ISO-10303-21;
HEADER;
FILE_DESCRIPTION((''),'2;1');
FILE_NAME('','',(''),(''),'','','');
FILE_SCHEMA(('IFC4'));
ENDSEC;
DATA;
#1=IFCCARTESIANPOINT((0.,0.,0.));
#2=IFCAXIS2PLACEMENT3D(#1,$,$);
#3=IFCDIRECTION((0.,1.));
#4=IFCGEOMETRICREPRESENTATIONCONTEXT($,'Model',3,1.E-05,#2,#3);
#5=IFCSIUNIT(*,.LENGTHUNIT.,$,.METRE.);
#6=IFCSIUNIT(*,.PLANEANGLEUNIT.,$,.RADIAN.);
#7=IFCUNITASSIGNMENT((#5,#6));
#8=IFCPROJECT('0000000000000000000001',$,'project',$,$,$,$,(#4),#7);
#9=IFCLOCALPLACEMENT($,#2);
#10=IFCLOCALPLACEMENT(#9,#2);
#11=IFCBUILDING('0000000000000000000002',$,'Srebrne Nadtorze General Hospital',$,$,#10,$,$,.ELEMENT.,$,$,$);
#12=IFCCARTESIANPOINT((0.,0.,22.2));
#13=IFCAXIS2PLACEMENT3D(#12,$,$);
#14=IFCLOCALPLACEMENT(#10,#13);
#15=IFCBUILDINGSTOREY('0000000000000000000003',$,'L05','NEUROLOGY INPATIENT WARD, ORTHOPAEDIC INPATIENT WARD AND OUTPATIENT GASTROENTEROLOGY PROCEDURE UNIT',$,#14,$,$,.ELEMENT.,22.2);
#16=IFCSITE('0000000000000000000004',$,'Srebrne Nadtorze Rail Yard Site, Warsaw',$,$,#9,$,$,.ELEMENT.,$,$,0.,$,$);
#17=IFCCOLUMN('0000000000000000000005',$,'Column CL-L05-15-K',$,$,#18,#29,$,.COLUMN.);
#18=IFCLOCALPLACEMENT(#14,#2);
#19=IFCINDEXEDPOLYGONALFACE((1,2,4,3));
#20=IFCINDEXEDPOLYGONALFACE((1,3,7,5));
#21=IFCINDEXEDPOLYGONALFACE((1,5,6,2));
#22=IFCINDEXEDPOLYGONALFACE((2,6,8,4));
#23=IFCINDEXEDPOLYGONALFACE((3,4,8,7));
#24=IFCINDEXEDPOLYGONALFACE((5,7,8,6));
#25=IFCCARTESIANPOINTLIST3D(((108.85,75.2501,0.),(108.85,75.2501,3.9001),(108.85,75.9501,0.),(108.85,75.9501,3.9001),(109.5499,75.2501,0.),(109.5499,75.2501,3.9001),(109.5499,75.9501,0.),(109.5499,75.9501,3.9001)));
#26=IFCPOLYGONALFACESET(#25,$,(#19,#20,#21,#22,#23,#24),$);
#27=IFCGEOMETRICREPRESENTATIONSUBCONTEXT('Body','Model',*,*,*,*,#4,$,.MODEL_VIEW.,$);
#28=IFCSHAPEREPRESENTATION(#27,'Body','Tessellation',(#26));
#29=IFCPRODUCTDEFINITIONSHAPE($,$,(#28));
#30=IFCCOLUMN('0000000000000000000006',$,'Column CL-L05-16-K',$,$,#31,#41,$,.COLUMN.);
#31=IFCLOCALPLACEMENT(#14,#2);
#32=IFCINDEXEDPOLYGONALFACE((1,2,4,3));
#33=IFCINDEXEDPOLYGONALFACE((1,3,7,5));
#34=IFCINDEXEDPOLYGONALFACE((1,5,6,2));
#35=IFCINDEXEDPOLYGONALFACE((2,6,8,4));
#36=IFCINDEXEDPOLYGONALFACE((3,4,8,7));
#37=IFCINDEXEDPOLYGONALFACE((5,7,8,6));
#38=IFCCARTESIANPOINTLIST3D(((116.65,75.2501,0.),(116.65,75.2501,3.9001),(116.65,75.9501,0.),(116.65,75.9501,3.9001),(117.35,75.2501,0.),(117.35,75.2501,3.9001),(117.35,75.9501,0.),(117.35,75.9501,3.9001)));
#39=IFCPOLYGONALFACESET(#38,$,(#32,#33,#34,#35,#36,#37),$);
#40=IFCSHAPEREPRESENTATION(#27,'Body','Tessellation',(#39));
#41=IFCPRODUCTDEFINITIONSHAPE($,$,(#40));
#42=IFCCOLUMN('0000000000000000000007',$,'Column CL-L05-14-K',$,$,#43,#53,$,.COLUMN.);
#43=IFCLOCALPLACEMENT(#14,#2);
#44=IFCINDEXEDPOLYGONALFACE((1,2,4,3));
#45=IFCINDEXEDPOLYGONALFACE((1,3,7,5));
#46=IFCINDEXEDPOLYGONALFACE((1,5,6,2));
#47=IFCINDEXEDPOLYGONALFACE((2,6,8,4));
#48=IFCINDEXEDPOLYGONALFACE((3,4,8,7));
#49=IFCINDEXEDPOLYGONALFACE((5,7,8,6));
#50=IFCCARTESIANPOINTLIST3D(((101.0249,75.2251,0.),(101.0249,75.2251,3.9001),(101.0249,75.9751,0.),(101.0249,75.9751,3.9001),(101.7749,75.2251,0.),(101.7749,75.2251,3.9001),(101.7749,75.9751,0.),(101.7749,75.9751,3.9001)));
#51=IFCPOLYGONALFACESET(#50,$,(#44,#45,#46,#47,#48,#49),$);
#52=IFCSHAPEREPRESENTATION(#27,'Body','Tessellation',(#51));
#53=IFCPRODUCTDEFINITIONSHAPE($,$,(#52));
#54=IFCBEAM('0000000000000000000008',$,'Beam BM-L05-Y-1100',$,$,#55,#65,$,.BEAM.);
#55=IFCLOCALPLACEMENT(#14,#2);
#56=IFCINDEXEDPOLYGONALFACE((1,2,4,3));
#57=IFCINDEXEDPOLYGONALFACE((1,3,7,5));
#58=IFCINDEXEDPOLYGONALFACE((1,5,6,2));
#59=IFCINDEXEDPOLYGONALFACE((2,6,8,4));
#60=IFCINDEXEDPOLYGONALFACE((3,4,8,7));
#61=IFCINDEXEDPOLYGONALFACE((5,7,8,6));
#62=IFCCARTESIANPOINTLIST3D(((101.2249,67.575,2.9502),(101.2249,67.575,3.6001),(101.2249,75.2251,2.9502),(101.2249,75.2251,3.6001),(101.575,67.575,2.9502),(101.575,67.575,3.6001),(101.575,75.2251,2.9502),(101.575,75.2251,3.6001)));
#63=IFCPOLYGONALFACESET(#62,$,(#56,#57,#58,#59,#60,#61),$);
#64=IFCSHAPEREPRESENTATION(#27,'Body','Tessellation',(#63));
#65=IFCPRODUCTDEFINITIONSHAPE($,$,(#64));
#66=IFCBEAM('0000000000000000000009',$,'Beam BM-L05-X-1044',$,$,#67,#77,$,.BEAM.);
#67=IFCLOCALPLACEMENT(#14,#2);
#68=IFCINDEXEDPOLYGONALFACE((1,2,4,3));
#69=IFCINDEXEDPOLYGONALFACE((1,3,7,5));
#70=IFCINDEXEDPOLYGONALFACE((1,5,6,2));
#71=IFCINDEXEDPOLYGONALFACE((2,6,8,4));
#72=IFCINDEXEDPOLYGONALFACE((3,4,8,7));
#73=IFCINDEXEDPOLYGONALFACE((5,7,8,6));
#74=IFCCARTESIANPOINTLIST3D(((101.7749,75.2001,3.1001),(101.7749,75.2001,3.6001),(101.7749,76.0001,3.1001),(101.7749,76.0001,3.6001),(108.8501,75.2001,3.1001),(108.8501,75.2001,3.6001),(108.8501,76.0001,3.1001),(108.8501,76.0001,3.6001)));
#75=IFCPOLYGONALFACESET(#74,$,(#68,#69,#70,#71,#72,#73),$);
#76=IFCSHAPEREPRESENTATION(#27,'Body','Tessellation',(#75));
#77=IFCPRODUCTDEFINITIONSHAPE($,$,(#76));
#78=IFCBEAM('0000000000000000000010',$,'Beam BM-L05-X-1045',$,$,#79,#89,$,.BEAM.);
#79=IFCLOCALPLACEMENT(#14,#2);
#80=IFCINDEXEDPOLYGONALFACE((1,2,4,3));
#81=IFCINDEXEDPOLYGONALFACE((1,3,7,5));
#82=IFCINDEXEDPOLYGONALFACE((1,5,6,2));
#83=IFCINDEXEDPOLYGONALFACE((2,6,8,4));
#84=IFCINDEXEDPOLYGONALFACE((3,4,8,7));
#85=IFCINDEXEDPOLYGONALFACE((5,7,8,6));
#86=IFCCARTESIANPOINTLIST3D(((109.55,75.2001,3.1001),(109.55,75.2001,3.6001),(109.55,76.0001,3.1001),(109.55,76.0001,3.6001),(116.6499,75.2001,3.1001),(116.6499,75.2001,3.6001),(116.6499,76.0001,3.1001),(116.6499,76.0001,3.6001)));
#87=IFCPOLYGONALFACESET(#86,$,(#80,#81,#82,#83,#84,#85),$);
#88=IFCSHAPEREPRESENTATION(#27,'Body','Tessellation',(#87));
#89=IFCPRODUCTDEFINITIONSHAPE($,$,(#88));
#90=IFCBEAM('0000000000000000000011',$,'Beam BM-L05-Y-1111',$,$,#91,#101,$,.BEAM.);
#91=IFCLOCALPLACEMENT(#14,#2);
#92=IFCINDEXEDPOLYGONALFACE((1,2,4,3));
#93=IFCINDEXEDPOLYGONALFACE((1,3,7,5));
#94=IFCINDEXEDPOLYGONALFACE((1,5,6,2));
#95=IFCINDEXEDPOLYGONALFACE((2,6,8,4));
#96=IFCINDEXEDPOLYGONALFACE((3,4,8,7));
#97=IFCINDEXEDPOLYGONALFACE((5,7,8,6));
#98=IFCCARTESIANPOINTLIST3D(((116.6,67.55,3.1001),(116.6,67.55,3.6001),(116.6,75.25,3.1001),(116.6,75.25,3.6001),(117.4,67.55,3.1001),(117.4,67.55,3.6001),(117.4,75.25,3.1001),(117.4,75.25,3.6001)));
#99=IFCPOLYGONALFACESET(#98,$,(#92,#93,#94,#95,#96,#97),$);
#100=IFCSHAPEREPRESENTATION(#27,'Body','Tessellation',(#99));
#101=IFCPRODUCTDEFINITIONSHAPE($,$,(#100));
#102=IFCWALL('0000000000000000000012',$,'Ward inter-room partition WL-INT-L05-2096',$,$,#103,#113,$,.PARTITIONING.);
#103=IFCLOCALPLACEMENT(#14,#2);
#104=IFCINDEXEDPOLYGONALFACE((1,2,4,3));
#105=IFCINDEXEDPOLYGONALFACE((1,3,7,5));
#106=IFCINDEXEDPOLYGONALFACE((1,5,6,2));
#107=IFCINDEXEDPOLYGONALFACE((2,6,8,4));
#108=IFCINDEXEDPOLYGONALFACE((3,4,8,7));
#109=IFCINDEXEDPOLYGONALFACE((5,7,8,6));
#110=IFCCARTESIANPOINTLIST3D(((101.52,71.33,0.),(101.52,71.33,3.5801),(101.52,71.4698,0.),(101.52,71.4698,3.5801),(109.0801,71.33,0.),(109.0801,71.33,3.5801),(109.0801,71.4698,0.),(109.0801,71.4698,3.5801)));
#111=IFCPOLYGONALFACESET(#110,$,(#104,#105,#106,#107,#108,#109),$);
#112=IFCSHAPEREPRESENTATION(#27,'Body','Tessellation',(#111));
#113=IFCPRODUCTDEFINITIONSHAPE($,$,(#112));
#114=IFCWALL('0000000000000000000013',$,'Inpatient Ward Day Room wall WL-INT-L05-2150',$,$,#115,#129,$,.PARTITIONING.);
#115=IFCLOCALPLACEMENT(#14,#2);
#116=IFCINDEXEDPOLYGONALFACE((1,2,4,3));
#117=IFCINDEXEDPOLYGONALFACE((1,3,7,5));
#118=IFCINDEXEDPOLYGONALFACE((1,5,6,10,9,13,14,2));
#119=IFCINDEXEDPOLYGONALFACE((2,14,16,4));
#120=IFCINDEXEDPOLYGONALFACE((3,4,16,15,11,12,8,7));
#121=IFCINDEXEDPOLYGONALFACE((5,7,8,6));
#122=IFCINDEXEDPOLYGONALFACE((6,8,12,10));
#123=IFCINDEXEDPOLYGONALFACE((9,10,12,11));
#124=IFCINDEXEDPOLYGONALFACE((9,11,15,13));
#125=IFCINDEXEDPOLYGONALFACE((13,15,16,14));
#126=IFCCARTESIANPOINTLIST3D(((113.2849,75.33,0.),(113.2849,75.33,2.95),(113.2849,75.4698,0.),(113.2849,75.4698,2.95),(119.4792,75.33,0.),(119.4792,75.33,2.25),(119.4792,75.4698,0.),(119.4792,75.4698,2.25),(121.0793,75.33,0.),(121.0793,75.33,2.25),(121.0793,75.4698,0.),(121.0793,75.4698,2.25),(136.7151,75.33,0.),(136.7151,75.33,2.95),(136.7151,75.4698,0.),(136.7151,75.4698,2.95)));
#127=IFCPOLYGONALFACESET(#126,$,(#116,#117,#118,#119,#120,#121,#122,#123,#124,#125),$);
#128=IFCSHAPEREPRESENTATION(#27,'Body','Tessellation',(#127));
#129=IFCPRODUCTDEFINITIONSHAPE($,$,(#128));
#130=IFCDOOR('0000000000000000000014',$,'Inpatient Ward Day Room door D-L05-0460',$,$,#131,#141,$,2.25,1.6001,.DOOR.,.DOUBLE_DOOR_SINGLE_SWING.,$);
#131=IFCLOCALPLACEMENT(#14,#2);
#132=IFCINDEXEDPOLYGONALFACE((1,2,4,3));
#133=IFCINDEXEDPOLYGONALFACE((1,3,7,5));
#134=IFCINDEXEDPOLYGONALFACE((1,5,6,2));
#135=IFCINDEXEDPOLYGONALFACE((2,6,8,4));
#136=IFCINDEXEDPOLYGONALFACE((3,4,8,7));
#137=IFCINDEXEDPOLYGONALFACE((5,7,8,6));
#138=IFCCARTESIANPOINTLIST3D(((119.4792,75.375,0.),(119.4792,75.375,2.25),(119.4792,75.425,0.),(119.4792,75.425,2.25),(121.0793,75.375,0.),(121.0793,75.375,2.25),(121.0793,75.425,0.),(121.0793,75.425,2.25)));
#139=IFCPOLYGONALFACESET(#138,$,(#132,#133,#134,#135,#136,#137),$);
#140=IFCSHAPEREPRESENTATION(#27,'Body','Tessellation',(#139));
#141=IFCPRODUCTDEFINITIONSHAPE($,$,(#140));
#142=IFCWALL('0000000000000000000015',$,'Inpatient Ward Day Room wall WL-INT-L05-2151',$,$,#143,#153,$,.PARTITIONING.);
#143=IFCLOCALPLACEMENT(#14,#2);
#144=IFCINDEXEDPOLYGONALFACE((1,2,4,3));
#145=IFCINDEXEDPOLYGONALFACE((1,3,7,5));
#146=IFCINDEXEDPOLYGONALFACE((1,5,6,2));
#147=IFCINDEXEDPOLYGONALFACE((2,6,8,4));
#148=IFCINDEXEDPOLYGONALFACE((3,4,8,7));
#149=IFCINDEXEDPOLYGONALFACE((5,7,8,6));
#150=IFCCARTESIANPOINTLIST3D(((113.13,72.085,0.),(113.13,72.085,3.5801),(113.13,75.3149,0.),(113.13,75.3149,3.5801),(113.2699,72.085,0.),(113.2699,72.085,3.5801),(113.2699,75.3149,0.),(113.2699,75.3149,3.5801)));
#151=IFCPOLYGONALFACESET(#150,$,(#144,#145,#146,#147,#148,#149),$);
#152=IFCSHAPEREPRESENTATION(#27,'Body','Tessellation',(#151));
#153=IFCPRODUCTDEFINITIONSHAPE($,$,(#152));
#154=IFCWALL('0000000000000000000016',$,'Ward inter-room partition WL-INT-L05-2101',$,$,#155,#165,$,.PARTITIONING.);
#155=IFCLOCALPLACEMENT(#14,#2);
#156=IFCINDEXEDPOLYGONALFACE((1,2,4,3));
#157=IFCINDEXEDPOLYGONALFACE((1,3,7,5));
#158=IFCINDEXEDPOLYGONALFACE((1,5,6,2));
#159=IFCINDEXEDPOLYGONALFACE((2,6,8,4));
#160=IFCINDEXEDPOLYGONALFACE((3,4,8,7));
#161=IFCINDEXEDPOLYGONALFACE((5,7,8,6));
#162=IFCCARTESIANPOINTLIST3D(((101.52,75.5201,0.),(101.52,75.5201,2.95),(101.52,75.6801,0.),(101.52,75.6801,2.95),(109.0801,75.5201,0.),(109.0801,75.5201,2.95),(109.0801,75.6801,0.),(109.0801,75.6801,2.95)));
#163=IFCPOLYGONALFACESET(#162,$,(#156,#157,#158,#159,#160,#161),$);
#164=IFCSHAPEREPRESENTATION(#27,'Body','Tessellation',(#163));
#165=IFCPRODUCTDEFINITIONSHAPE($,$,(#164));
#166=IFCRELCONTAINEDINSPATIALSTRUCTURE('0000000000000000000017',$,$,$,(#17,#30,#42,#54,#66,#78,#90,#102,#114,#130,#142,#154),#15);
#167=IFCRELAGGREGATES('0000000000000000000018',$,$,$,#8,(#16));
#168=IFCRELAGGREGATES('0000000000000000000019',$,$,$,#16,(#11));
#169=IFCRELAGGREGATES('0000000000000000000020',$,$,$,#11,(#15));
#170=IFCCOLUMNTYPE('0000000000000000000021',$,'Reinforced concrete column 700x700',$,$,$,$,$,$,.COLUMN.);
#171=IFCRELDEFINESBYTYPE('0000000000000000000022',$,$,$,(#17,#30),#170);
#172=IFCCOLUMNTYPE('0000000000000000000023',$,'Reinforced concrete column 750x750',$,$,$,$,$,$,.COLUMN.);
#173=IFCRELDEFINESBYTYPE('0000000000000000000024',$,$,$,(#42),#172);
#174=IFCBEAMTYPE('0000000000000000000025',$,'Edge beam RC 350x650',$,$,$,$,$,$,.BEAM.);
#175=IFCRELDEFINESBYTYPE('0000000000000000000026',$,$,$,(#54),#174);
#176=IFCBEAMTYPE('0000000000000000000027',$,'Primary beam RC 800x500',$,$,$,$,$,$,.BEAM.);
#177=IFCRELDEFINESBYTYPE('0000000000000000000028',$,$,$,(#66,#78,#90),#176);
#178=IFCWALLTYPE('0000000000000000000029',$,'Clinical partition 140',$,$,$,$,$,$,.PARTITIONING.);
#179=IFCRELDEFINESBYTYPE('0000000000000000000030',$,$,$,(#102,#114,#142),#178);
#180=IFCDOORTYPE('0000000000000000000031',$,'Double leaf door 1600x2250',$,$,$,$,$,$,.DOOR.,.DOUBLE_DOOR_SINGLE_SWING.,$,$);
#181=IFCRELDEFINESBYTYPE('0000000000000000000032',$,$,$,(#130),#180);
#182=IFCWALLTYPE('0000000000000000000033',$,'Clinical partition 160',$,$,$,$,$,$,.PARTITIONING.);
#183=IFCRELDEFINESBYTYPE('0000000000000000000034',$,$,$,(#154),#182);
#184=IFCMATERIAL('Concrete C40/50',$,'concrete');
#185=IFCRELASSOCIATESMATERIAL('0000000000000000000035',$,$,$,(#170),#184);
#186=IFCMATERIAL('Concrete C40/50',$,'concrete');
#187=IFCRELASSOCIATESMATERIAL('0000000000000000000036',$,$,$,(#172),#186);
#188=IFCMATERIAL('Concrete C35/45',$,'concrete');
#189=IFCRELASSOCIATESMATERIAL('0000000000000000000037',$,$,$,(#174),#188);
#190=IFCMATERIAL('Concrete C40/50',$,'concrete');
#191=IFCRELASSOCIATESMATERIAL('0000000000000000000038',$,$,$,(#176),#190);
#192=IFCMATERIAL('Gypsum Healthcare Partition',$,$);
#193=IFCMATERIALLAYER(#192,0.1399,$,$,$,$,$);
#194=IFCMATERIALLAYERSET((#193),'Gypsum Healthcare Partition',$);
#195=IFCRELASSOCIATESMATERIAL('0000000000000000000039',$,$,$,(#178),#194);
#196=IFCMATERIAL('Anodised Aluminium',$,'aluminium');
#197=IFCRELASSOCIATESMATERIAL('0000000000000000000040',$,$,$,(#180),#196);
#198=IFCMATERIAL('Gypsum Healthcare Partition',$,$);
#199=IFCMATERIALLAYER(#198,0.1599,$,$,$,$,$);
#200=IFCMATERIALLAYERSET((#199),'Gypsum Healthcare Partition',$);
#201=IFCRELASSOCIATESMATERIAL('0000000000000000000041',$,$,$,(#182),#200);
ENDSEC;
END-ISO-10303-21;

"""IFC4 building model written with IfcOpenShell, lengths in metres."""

from ifc_helpers import new_model, si_unit, direction, frame, frame_2d, origin, origin_2d, place, context, subcontext, project, spatial, rectangle, extrude, material, layer, layer_set, material_profile, profile_set, type_object, element, fill, save


model = new_model("IFC4")

# Units and contexts
model_context = context("Model", 3, precision=1e-05, world=origin(), true_north=direction((0.0, 1.0)))
body_context = subcontext(model_context, "Body", "Model", "MODEL_VIEW")
ifc_project = project(units=[si_unit("LENGTHUNIT", "METRE"), si_unit("PLANEANGLEUNIT", "RADIAN")], contexts=[model_context])

# Site, building, storey
site_placement = place(None, origin())
site = spatial("IfcSite", under=ifc_project, at=site_placement, Name="Srebrne Nadtorze Rail Yard Site, Warsaw", CompositionType="ELEMENT", RefElevation=0.0)
building_placement = place(site_placement, origin())
building = spatial("IfcBuilding", under=site, at=building_placement, Name="Srebrne Nadtorze General Hospital", CompositionType="ELEMENT")
storey_placement = place(building_placement, frame((0.0, 0.0, 22.2)))
storey = spatial("IfcBuildingStorey", under=building, at=storey_placement, Name="L05", Description="NEUROLOGY INPATIENT WARD, ORTHOPAEDIC INPATIENT WARD AND OUTPATIENT GASTROENTEROLOGY PROCEDURE UNIT", CompositionType="ELEMENT", Elevation=22.2)

# Columns
ifc_material_1 = material(Name="Concrete C40/50", Category="concrete")
ifc_material_profile_1 = material_profile(ifc_material_1, rectangle(XDim=0.7, YDim=0.7, at=origin_2d()), Name="RC-COL-700x700")
ifc_profile_set_1 = profile_set([ifc_material_profile_1], Name="Concrete C40/50")
column_type_1 = type_object("IfcColumnType", Name="Reinforced concrete column 700x700", PredefinedType="COLUMN", material=ifc_profile_set_1)
for number, where, z_axis, x_axis, name in (
    (1, (109.2, 75.6001, 0.0), (0.0, 0.0, 1.0), (1.0, 0.0, 0.0), "Column CL-L05-15-K"),
    (2, (117.0, 75.6001, 0.0), (0.0, 0.0, 1.0), (1.0, 0.0, 0.0), "Column CL-L05-16-K"),
):
    element("IfcColumn", number, at=place(storey_placement, frame(where, z_axis=z_axis, x_axis=x_axis)), inside=storey, type_object=column_type_1, Name=name, PredefinedType="COLUMN", context=body_context, shape_type="SweptSolid", body=[
        extrude(rectangle(XDim=0.7, YDim=0.7, at=origin_2d()), origin(), (0.0, 0.0, 1.0), 3.9001),
    ])
ifc_material_2 = material(Name="Concrete C40/50", Category="concrete")
ifc_material_profile_2 = material_profile(ifc_material_2, rectangle(XDim=0.75, YDim=0.75, at=origin_2d()), Name="RC-COL-750x750")
ifc_profile_set_2 = profile_set([ifc_material_profile_2], Name="Concrete C40/50")
column_type_2 = type_object("IfcColumnType", Name="Reinforced concrete column 750x750", PredefinedType="COLUMN", material=ifc_profile_set_2)
column_placement = place(storey_placement, frame((101.3999, 75.6001, 0.0), z_axis=(0.0, 0.0, 1.0), x_axis=(1.0, 0.0, 0.0)))
element("IfcColumn", 3, at=column_placement, inside=storey, type_object=column_type_2, Name="Column CL-L05-14-K", PredefinedType="COLUMN", context=body_context, shape_type="SweptSolid", body=[
    extrude(rectangle(XDim=0.75, YDim=0.75, at=origin_2d()), origin(), (0.0, 0.0, 1.0), 3.9001),
])

# Beams
ifc_material_3 = material(Name="Concrete C35/45", Category="concrete")
ifc_material_profile_3 = material_profile(ifc_material_3, rectangle(XDim=0.3501, YDim=0.6499, at=origin_2d()), Name="RC-BM-350x650")
ifc_profile_set_3 = profile_set([ifc_material_profile_3], Name="Concrete C35/45")
beam_type_1 = type_object("IfcBeamType", Name="Edge beam RC 350x650", PredefinedType="BEAM", material=ifc_profile_set_3)
beam_1_placement = place(storey_placement, frame((101.3999, 67.575, 3.2751), z_axis=(0.0, 1.0, 0.0), x_axis=(-1.0, 0.0, 0.0)))
element("IfcBeam", 4, at=beam_1_placement, inside=storey, type_object=beam_type_1, Name="Beam BM-L05-Y-1100", PredefinedType="BEAM", context=body_context, shape_type="SweptSolid", body=[
    extrude(rectangle(XDim=0.3501, YDim=0.6499, at=origin_2d()), origin(), (0.0, 0.0, 1.0), 7.6501),
])
ifc_material_4 = material(Name="Concrete C40/50", Category="concrete")
ifc_material_profile_4 = material_profile(ifc_material_4, rectangle(XDim=0.8, YDim=0.5, at=origin_2d()), Name="RC-BM-800x500")
ifc_profile_set_4 = profile_set([ifc_material_profile_4], Name="Concrete C40/50")
beam_type_2 = type_object("IfcBeamType", Name="Primary beam RC 800x500", PredefinedType="BEAM", material=ifc_profile_set_4)
beam_2_placement = place(storey_placement, frame((101.7749, 75.6001, 3.3501), z_axis=(1.0, 0.0, 0.0), x_axis=(0.0, 1.0, 0.0)))
element("IfcBeam", 5, at=beam_2_placement, inside=storey, type_object=beam_type_2, Name="Beam BM-L05-X-1044", PredefinedType="BEAM", context=body_context, shape_type="SweptSolid", body=[
    extrude(rectangle(XDim=0.8, YDim=0.5, at=origin_2d()), origin(), (0.0, 0.0, 1.0), 7.0752),
])
beam_3_placement = place(storey_placement, frame((109.55, 75.6001, 3.3501), z_axis=(1.0, 0.0, 0.0), x_axis=(0.0, 1.0, 0.0)))
element("IfcBeam", 6, at=beam_3_placement, inside=storey, type_object=beam_type_2, Name="Beam BM-L05-X-1045", PredefinedType="BEAM", context=body_context, shape_type="SweptSolid", body=[
    extrude(rectangle(XDim=0.8, YDim=0.5, at=origin_2d()), origin(), (0.0, 0.0, 1.0), 7.0999),
])
beam_4_placement = place(storey_placement, frame((117.0, 67.55, 3.3501), z_axis=(0.0, 1.0, 0.0), x_axis=(-1.0, 0.0, 0.0)))
element("IfcBeam", 7, at=beam_4_placement, inside=storey, type_object=beam_type_2, Name="Beam BM-L05-Y-1111", PredefinedType="BEAM", context=body_context, shape_type="SweptSolid", body=[
    extrude(rectangle(XDim=0.8, YDim=0.5, at=origin_2d()), origin(), (0.0, 0.0, 1.0), 7.7),
])

# Wall
ifc_material_5 = material(Name="Gypsum Healthcare Partition")
ifc_layer_1 = layer(ifc_material_5, 0.1399)
ifc_layer_set_1 = layer_set([ifc_layer_1], Name="Gypsum Healthcare Partition")
wall_type_1 = type_object("IfcWallType", Name="Clinical partition 140", PredefinedType="PARTITIONING", material=ifc_layer_set_1)
wall_1_placement = place(storey_placement, frame((101.52, 71.3999, 0.0), z_axis=(0.0, 0.0, 1.0), x_axis=(1.0, 0.0, 0.0)))
element("IfcWall", 8, at=wall_1_placement, inside=storey, type_object=wall_type_1, Name="Ward inter-room partition WL-INT-L05-2096", PredefinedType="PARTITIONING", context=body_context, shape_type="SweptSolid", body=[
    extrude(rectangle(XDim=7.5601, YDim=0.1399, at=frame_2d((3.78, 0.0))), origin(), (0.0, 0.0, 1.0), 3.5801),
])

# Wall, opening, door
wall_2_placement = place(storey_placement, frame((113.2849, 75.3999, 0.0), z_axis=(0.0, 0.0, 1.0), x_axis=(1.0, 0.0, 0.0)))
wall_2 = element("IfcWall", 9, at=wall_2_placement, inside=storey, type_object=wall_type_1, Name="Inpatient Ward Day Room wall WL-INT-L05-2150", PredefinedType="PARTITIONING", context=body_context, shape_type="SweptSolid", body=[
    extrude(rectangle(XDim=23.4302, YDim=0.1399, at=frame_2d((11.7151, 0.0))), origin(), (0.0, 0.0, 1.0), 2.95),
])
opening_1_placement = place(wall_2_placement, frame((6.1943, 0.0, 0.0)))
opening_1 = element("IfcOpeningElement", 10, at=opening_1_placement, cuts=wall_2, PredefinedType="OPENING", context=body_context, shape_type="SweptSolid", body=[
    extrude(rectangle(XDim=1.6001, YDim=2.25, at=frame_2d((0.8, 1.125))), frame((0.0, 0.082, 0.0), z_axis=(0.0, -1.0, 0.0), x_axis=(1.0, 0.0, 0.0)), (0.0, 0.0, 1.0), 0.1638),
])
ifc_material_6 = material(Name="Anodised Aluminium", Category="aluminium")
door_type_1 = type_object("IfcDoorType", Name="Double leaf door 1600x2250", OperationType="DOUBLE_DOOR_SINGLE_SWING", PredefinedType="DOOR", material=ifc_material_6)
door_1_placement = place(opening_1_placement, frame((1.6001, 0.0, 0.0), z_axis=(0.0, 0.0, 1.0), x_axis=(-1.0, 0.0, 0.0)))
door_1 = element("IfcDoor", 11, at=door_1_placement, inside=storey, type_object=door_type_1, Name="Inpatient Ward Day Room door D-L05-0460", OperationType="DOUBLE_DOOR_SINGLE_SWING", OverallHeight=2.25, OverallWidth=1.6001, PredefinedType="DOOR", context=body_context, shape_type="SweptSolid", body=[
    extrude(rectangle(XDim=1.6001, YDim=2.25, at=frame_2d((0.8, 1.125))), frame((0.0, 0.0249, 0.0), z_axis=(0.0, -1.0, 0.0), x_axis=(1.0, 0.0, 0.0)), (0.0, 0.0, 1.0), 0.05),
])
fill(opening_1, door_1)

# Walls
wall_3_placement = place(storey_placement, frame((113.2, 72.085, 0.0), z_axis=(0.0, 0.0, 1.0), x_axis=(0.0, 1.0, 0.0)))
element("IfcWall", 12, at=wall_3_placement, inside=storey, type_object=wall_type_1, Name="Inpatient Ward Day Room wall WL-INT-L05-2151", PredefinedType="PARTITIONING", context=body_context, shape_type="SweptSolid", body=[
    extrude(rectangle(XDim=3.23, YDim=0.1399, at=frame_2d((1.615, 0.0))), origin(), (0.0, 0.0, 1.0), 3.5801),
])
ifc_material_7 = material(Name="Gypsum Healthcare Partition")
ifc_layer_2 = layer(ifc_material_7, 0.1599)
ifc_layer_set_2 = layer_set([ifc_layer_2], Name="Gypsum Healthcare Partition")
wall_type_2 = type_object("IfcWallType", Name="Clinical partition 160", PredefinedType="PARTITIONING", material=ifc_layer_set_2)
wall_4_placement = place(storey_placement, frame((101.52, 75.6001, 0.0), z_axis=(0.0, 0.0, 1.0), x_axis=(1.0, 0.0, 0.0)))
element("IfcWall", 13, at=wall_4_placement, inside=storey, type_object=wall_type_2, Name="Ward inter-room partition WL-INT-L05-2101", PredefinedType="PARTITIONING", context=body_context, shape_type="SweptSolid", body=[
    extrude(rectangle(XDim=7.5601, YDim=0.1599, at=frame_2d((3.78, 0.0))), origin(), (0.0, 0.0, 1.0), 2.95),
])

save(model, "model.ifc")
